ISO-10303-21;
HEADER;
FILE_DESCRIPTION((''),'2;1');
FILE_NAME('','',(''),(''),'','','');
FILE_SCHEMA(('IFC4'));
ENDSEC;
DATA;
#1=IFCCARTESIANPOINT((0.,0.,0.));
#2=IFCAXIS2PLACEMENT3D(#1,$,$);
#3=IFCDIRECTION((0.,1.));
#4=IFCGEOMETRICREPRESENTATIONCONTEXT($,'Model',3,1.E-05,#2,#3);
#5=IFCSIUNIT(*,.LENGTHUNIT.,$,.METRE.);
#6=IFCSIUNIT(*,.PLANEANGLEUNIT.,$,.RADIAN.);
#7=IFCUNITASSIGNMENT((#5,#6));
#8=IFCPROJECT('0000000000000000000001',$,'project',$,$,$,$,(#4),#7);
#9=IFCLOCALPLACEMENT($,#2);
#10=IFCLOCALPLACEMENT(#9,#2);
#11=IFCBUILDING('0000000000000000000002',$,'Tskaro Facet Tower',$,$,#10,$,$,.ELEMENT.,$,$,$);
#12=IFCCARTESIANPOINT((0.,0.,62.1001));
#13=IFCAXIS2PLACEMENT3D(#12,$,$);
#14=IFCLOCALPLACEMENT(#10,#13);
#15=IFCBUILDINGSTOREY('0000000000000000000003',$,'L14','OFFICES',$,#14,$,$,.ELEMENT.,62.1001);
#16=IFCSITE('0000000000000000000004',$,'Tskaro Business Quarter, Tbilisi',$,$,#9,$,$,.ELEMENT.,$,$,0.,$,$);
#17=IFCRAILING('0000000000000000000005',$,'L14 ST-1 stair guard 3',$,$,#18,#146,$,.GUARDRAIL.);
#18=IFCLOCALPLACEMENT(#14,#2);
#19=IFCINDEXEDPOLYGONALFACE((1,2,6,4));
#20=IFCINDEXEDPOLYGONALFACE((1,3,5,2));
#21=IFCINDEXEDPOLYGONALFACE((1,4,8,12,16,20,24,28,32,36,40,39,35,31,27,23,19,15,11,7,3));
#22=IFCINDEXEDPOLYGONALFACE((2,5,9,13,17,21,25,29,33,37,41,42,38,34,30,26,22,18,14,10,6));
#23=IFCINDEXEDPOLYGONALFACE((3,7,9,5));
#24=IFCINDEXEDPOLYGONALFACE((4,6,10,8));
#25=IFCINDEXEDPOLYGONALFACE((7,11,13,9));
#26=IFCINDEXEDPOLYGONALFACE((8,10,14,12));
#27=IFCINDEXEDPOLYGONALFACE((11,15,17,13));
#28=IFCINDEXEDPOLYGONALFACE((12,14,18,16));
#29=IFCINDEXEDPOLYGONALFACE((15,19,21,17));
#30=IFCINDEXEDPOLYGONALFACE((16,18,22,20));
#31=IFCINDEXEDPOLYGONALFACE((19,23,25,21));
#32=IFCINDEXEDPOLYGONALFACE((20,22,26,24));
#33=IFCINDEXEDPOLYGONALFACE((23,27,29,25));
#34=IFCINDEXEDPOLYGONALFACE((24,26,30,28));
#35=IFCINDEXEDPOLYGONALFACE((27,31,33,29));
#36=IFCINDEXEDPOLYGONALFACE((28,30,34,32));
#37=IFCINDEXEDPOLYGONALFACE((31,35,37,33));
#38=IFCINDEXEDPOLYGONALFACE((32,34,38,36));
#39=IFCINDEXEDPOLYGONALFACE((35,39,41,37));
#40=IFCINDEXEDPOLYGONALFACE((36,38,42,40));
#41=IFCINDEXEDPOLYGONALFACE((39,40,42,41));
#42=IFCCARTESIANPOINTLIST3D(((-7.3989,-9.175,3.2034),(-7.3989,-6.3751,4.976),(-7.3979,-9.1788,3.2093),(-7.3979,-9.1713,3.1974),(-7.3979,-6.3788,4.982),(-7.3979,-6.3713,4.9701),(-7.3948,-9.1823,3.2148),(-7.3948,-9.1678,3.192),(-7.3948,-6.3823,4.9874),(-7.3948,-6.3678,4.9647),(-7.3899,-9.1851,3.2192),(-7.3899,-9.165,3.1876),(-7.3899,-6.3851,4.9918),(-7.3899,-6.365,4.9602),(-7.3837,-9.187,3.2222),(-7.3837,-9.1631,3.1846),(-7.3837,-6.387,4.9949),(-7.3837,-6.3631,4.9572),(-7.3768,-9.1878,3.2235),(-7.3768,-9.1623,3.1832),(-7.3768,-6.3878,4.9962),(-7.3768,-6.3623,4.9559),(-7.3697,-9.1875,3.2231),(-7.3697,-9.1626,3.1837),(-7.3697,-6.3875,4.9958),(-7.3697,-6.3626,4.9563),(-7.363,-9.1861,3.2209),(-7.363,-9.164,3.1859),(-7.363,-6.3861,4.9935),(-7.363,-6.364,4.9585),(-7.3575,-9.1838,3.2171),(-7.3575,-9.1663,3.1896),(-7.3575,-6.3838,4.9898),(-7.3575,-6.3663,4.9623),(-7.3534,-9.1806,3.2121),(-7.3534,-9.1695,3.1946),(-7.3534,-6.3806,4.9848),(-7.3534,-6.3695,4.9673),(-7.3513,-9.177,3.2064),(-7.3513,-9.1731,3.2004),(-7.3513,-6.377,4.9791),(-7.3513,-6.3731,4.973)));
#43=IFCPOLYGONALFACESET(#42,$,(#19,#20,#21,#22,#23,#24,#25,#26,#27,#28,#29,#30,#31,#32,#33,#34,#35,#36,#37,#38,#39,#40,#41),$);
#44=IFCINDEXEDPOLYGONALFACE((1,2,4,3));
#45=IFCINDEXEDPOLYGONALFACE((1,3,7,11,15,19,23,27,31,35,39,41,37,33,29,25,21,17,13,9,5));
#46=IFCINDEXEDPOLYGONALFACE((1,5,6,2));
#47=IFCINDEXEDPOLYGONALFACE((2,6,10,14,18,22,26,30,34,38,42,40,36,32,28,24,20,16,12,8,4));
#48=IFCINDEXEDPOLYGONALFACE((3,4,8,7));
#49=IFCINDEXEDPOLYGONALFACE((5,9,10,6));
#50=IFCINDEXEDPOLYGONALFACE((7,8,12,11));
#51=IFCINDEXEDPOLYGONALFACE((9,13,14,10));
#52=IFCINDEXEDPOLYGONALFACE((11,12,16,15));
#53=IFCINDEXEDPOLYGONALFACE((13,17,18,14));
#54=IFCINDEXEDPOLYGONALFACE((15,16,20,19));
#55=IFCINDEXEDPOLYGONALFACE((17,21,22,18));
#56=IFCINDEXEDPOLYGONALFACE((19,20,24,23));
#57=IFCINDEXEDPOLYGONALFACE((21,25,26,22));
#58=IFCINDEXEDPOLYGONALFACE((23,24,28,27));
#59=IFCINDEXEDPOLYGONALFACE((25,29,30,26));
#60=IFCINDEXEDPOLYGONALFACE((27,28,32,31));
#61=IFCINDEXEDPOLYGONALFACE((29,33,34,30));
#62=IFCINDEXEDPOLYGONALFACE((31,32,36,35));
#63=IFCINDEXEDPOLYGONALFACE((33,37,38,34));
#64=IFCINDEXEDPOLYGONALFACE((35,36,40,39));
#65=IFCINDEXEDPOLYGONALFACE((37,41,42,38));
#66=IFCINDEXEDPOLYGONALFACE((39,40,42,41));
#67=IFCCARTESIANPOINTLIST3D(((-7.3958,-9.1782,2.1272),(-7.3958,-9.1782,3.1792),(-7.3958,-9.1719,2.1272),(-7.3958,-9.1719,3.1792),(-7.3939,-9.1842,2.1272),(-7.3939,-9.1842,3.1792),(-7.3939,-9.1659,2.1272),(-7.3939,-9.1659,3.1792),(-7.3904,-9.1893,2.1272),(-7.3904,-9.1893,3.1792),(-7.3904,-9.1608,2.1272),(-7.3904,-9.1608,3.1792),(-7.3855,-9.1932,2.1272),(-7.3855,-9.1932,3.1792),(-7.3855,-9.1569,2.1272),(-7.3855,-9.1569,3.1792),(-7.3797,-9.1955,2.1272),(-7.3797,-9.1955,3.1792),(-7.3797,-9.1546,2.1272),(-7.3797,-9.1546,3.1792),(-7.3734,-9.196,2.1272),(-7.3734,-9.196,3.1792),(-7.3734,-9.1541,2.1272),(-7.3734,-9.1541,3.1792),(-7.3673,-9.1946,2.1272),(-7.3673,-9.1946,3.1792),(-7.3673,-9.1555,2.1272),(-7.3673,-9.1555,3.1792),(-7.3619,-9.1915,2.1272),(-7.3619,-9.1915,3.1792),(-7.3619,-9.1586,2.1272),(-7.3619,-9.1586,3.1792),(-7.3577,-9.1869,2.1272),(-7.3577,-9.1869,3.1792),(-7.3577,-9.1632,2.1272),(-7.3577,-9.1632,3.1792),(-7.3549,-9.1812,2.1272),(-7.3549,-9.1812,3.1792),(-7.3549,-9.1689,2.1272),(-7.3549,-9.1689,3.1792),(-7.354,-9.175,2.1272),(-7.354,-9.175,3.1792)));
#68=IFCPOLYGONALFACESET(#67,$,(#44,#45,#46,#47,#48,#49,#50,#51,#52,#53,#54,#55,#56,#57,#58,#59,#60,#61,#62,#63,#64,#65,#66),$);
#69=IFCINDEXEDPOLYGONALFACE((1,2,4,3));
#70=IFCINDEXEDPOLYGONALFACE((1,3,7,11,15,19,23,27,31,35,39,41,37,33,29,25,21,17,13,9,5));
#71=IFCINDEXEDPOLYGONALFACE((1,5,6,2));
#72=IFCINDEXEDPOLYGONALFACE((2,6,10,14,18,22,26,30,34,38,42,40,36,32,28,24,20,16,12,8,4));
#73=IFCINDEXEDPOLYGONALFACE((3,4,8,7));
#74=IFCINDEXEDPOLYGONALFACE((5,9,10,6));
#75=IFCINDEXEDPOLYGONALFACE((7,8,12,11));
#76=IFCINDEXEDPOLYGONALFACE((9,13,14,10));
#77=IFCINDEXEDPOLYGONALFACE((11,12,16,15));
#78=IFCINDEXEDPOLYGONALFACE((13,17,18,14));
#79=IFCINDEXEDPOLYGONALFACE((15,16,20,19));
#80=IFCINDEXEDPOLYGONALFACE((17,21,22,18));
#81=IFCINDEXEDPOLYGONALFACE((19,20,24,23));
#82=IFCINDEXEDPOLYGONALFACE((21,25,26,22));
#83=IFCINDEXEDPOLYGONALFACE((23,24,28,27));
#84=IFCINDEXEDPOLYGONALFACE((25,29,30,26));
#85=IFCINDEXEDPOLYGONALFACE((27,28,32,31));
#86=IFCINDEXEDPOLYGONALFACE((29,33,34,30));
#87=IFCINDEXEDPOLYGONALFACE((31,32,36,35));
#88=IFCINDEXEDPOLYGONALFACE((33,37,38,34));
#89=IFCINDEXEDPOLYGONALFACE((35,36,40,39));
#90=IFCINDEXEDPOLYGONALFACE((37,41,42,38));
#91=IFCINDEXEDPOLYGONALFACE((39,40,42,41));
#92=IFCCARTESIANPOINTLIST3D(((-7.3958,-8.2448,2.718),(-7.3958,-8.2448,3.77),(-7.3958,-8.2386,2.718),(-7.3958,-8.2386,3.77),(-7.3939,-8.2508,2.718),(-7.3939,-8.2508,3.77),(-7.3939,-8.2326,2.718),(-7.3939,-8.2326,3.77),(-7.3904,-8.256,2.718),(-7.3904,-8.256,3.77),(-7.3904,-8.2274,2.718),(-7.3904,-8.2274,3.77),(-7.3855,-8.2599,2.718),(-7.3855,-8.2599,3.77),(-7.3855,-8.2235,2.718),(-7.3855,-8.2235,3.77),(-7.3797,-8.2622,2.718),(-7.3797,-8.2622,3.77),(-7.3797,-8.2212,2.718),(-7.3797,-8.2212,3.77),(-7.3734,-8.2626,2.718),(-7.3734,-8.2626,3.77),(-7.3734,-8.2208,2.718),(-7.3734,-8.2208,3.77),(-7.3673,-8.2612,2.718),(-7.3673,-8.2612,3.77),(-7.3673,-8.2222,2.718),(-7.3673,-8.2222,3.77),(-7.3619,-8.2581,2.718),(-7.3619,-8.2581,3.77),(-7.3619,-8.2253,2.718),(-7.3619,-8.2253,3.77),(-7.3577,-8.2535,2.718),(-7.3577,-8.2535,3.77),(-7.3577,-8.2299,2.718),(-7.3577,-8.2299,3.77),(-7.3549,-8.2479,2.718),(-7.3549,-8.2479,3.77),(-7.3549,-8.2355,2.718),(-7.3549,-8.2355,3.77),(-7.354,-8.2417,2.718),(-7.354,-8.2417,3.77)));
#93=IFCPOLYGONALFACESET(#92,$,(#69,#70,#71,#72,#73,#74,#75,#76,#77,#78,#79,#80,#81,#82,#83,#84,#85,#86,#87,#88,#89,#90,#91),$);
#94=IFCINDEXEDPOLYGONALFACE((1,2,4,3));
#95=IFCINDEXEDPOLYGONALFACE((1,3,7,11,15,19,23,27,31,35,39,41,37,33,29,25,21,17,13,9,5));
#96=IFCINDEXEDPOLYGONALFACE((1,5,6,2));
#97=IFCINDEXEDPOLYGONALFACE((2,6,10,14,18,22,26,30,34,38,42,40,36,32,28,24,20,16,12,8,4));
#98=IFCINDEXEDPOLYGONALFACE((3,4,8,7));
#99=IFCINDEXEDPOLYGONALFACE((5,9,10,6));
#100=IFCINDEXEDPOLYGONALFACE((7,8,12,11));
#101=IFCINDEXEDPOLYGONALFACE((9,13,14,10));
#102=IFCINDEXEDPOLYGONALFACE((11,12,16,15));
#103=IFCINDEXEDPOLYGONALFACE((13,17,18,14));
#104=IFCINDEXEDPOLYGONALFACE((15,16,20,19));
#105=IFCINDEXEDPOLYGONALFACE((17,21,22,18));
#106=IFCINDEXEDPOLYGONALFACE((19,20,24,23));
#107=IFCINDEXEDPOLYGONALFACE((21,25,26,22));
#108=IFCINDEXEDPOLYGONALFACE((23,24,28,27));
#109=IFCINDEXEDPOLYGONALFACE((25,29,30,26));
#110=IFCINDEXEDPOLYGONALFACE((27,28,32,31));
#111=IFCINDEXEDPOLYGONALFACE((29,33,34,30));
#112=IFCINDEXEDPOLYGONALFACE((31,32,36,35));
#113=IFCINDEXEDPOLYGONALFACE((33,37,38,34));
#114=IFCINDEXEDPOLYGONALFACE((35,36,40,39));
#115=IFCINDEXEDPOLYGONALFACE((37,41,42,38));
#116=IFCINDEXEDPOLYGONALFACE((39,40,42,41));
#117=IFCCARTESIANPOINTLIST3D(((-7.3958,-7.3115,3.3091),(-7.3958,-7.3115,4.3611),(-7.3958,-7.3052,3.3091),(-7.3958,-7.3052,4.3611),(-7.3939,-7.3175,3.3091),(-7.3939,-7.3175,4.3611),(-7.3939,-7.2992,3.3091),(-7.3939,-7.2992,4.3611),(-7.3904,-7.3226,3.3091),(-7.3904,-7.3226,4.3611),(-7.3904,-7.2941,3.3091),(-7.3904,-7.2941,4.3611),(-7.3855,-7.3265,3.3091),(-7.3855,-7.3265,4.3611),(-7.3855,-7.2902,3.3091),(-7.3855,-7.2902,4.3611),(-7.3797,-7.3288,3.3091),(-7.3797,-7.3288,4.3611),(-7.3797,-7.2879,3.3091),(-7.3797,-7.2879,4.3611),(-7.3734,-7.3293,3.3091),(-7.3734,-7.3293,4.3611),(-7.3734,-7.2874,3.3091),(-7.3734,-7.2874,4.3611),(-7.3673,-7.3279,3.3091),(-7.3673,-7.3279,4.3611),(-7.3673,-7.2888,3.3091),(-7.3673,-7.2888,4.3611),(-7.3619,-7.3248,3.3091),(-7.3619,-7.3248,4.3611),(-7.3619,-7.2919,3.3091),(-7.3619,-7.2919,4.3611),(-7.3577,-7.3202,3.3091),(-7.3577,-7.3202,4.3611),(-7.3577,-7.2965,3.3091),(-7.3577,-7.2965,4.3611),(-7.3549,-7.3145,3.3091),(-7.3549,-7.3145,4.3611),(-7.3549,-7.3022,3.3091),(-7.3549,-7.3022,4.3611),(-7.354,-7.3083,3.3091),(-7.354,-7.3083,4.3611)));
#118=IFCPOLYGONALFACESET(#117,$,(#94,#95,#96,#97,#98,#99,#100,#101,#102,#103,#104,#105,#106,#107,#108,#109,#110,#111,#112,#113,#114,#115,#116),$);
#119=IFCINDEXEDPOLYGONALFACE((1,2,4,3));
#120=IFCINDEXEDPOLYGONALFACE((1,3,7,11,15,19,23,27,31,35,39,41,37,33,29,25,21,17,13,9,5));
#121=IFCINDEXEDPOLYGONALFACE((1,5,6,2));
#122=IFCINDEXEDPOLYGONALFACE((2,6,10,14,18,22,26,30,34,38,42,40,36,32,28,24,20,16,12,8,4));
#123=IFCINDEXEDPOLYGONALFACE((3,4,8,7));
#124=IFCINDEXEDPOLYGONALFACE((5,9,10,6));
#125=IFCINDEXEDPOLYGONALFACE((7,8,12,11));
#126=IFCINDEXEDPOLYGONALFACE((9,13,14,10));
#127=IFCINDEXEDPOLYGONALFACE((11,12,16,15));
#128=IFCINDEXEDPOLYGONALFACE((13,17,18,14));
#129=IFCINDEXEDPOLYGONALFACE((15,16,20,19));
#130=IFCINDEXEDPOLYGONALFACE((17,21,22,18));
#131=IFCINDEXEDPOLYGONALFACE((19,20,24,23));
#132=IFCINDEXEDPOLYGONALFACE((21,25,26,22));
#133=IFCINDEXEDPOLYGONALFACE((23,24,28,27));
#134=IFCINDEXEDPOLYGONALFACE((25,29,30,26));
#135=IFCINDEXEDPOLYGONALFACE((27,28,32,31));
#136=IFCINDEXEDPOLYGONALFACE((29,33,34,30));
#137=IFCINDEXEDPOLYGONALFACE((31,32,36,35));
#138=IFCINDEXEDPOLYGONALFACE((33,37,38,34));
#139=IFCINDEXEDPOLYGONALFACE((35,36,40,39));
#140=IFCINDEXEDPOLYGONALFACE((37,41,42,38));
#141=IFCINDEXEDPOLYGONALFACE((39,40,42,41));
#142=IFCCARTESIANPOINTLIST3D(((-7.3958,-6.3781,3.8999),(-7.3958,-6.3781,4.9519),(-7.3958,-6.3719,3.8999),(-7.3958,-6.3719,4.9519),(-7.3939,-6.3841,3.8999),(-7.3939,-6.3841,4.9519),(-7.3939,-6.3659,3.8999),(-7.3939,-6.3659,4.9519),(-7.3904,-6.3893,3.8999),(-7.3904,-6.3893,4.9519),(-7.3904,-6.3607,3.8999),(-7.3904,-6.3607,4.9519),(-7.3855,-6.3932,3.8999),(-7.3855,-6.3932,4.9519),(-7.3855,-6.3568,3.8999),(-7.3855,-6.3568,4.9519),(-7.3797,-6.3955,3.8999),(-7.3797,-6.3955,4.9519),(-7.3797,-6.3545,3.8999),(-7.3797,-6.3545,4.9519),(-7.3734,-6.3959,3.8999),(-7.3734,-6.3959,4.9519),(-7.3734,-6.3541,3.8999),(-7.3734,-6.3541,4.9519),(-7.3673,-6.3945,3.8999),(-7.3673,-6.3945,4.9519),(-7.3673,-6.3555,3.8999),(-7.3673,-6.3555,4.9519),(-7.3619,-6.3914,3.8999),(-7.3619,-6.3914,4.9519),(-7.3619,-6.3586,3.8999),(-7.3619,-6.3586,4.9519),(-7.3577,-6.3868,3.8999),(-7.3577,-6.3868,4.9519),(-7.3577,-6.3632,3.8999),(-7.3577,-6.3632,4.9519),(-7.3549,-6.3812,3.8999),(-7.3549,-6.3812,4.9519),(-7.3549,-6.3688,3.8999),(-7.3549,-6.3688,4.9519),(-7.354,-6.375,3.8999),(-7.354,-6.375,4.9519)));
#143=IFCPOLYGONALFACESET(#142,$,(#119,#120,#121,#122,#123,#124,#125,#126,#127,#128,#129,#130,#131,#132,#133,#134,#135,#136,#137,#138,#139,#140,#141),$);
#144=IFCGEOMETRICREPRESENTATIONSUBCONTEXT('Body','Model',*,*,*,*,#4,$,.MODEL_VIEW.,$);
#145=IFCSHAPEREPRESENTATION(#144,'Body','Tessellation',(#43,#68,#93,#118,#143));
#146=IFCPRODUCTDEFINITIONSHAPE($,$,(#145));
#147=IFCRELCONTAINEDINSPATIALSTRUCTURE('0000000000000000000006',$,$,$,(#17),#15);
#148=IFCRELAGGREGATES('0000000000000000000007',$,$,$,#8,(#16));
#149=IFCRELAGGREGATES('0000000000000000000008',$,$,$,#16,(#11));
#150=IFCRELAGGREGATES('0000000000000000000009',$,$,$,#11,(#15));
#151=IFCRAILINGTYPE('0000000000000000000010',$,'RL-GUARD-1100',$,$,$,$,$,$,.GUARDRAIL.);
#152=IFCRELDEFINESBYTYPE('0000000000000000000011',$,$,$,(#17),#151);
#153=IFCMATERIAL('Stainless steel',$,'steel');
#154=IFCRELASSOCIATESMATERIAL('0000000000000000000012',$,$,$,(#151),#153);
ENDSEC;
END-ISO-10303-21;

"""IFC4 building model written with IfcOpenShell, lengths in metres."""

from ifc_helpers import new_model, si_unit, direction, frame, origin, origin_2d, place, context, subcontext, project, spatial, circle, extrude, material, type_object, element, save


model = new_model("IFC4")

# Units and contexts
model_context = context("Model", 3, precision=1e-05, world=origin(), true_north=direction((0.0, 1.0)))
body_context = subcontext(model_context, "Body", "Model", "MODEL_VIEW")
ifc_project = project(units=[si_unit("LENGTHUNIT", "METRE"), si_unit("PLANEANGLEUNIT", "RADIAN")], contexts=[model_context])

# Site, building, storey
site_placement = place(None, origin())
site = spatial("IfcSite", under=ifc_project, at=site_placement, Name="Tskaro Business Quarter, Tbilisi", CompositionType="ELEMENT", RefElevation=0.0)
building_placement = place(site_placement, origin())
building = spatial("IfcBuilding", under=site, at=building_placement, Name="Tskaro Facet Tower", CompositionType="ELEMENT")
storey_placement = place(building_placement, frame((0.0, 0.0, 62.1001)))
storey = spatial("IfcBuildingStorey", under=building, at=storey_placement, Name="L14", Description="OFFICES", CompositionType="ELEMENT", Elevation=62.1001)

# Shared definitions
ifc_material_1 = material(Name="Stainless steel", Category="steel")

# Railing
railing_type_1 = type_object("IfcRailingType", Name="RL-GUARD-1100", PredefinedType="GUARDRAIL", material=ifc_material_1)
railing_1_placement = place(storey_placement, frame((-7.375, -9.175, 2.1272)))
element("IfcRailing", 1, at=railing_1_placement, inside=storey, type_object=railing_type_1, Name="L14 ST-1 stair guard 3", PredefinedType="GUARDRAIL", context=body_context, shape_type="SweptSolid", body=[
    extrude(circle(Radius=0.0239, at=origin_2d()), frame((0.0, 0.0, 1.0762), z_axis=(0.0, 0.844909, 0.53491), x_axis=(-1.0, 0.0, 0.0)), (0.0, 0.0, 1.0), 3.314),
    extrude(circle(Radius=0.021, at=origin_2d()), origin(), (0.0, 0.0, 1.0), 1.052),
    extrude(circle(Radius=0.021, at=origin_2d()), frame((0.0, 0.9333, 0.5908)), (0.0, 0.0, 1.0), 1.052),
    extrude(circle(Radius=0.021, at=origin_2d()), frame((0.0, 1.8667, 1.1819)), (0.0, 0.0, 1.0), 1.052),
    extrude(circle(Radius=0.021, at=origin_2d()), frame((0.0, 2.8, 1.7727)), (0.0, 0.0, 1.0), 1.052),
])

save(model, "model.ifc")
